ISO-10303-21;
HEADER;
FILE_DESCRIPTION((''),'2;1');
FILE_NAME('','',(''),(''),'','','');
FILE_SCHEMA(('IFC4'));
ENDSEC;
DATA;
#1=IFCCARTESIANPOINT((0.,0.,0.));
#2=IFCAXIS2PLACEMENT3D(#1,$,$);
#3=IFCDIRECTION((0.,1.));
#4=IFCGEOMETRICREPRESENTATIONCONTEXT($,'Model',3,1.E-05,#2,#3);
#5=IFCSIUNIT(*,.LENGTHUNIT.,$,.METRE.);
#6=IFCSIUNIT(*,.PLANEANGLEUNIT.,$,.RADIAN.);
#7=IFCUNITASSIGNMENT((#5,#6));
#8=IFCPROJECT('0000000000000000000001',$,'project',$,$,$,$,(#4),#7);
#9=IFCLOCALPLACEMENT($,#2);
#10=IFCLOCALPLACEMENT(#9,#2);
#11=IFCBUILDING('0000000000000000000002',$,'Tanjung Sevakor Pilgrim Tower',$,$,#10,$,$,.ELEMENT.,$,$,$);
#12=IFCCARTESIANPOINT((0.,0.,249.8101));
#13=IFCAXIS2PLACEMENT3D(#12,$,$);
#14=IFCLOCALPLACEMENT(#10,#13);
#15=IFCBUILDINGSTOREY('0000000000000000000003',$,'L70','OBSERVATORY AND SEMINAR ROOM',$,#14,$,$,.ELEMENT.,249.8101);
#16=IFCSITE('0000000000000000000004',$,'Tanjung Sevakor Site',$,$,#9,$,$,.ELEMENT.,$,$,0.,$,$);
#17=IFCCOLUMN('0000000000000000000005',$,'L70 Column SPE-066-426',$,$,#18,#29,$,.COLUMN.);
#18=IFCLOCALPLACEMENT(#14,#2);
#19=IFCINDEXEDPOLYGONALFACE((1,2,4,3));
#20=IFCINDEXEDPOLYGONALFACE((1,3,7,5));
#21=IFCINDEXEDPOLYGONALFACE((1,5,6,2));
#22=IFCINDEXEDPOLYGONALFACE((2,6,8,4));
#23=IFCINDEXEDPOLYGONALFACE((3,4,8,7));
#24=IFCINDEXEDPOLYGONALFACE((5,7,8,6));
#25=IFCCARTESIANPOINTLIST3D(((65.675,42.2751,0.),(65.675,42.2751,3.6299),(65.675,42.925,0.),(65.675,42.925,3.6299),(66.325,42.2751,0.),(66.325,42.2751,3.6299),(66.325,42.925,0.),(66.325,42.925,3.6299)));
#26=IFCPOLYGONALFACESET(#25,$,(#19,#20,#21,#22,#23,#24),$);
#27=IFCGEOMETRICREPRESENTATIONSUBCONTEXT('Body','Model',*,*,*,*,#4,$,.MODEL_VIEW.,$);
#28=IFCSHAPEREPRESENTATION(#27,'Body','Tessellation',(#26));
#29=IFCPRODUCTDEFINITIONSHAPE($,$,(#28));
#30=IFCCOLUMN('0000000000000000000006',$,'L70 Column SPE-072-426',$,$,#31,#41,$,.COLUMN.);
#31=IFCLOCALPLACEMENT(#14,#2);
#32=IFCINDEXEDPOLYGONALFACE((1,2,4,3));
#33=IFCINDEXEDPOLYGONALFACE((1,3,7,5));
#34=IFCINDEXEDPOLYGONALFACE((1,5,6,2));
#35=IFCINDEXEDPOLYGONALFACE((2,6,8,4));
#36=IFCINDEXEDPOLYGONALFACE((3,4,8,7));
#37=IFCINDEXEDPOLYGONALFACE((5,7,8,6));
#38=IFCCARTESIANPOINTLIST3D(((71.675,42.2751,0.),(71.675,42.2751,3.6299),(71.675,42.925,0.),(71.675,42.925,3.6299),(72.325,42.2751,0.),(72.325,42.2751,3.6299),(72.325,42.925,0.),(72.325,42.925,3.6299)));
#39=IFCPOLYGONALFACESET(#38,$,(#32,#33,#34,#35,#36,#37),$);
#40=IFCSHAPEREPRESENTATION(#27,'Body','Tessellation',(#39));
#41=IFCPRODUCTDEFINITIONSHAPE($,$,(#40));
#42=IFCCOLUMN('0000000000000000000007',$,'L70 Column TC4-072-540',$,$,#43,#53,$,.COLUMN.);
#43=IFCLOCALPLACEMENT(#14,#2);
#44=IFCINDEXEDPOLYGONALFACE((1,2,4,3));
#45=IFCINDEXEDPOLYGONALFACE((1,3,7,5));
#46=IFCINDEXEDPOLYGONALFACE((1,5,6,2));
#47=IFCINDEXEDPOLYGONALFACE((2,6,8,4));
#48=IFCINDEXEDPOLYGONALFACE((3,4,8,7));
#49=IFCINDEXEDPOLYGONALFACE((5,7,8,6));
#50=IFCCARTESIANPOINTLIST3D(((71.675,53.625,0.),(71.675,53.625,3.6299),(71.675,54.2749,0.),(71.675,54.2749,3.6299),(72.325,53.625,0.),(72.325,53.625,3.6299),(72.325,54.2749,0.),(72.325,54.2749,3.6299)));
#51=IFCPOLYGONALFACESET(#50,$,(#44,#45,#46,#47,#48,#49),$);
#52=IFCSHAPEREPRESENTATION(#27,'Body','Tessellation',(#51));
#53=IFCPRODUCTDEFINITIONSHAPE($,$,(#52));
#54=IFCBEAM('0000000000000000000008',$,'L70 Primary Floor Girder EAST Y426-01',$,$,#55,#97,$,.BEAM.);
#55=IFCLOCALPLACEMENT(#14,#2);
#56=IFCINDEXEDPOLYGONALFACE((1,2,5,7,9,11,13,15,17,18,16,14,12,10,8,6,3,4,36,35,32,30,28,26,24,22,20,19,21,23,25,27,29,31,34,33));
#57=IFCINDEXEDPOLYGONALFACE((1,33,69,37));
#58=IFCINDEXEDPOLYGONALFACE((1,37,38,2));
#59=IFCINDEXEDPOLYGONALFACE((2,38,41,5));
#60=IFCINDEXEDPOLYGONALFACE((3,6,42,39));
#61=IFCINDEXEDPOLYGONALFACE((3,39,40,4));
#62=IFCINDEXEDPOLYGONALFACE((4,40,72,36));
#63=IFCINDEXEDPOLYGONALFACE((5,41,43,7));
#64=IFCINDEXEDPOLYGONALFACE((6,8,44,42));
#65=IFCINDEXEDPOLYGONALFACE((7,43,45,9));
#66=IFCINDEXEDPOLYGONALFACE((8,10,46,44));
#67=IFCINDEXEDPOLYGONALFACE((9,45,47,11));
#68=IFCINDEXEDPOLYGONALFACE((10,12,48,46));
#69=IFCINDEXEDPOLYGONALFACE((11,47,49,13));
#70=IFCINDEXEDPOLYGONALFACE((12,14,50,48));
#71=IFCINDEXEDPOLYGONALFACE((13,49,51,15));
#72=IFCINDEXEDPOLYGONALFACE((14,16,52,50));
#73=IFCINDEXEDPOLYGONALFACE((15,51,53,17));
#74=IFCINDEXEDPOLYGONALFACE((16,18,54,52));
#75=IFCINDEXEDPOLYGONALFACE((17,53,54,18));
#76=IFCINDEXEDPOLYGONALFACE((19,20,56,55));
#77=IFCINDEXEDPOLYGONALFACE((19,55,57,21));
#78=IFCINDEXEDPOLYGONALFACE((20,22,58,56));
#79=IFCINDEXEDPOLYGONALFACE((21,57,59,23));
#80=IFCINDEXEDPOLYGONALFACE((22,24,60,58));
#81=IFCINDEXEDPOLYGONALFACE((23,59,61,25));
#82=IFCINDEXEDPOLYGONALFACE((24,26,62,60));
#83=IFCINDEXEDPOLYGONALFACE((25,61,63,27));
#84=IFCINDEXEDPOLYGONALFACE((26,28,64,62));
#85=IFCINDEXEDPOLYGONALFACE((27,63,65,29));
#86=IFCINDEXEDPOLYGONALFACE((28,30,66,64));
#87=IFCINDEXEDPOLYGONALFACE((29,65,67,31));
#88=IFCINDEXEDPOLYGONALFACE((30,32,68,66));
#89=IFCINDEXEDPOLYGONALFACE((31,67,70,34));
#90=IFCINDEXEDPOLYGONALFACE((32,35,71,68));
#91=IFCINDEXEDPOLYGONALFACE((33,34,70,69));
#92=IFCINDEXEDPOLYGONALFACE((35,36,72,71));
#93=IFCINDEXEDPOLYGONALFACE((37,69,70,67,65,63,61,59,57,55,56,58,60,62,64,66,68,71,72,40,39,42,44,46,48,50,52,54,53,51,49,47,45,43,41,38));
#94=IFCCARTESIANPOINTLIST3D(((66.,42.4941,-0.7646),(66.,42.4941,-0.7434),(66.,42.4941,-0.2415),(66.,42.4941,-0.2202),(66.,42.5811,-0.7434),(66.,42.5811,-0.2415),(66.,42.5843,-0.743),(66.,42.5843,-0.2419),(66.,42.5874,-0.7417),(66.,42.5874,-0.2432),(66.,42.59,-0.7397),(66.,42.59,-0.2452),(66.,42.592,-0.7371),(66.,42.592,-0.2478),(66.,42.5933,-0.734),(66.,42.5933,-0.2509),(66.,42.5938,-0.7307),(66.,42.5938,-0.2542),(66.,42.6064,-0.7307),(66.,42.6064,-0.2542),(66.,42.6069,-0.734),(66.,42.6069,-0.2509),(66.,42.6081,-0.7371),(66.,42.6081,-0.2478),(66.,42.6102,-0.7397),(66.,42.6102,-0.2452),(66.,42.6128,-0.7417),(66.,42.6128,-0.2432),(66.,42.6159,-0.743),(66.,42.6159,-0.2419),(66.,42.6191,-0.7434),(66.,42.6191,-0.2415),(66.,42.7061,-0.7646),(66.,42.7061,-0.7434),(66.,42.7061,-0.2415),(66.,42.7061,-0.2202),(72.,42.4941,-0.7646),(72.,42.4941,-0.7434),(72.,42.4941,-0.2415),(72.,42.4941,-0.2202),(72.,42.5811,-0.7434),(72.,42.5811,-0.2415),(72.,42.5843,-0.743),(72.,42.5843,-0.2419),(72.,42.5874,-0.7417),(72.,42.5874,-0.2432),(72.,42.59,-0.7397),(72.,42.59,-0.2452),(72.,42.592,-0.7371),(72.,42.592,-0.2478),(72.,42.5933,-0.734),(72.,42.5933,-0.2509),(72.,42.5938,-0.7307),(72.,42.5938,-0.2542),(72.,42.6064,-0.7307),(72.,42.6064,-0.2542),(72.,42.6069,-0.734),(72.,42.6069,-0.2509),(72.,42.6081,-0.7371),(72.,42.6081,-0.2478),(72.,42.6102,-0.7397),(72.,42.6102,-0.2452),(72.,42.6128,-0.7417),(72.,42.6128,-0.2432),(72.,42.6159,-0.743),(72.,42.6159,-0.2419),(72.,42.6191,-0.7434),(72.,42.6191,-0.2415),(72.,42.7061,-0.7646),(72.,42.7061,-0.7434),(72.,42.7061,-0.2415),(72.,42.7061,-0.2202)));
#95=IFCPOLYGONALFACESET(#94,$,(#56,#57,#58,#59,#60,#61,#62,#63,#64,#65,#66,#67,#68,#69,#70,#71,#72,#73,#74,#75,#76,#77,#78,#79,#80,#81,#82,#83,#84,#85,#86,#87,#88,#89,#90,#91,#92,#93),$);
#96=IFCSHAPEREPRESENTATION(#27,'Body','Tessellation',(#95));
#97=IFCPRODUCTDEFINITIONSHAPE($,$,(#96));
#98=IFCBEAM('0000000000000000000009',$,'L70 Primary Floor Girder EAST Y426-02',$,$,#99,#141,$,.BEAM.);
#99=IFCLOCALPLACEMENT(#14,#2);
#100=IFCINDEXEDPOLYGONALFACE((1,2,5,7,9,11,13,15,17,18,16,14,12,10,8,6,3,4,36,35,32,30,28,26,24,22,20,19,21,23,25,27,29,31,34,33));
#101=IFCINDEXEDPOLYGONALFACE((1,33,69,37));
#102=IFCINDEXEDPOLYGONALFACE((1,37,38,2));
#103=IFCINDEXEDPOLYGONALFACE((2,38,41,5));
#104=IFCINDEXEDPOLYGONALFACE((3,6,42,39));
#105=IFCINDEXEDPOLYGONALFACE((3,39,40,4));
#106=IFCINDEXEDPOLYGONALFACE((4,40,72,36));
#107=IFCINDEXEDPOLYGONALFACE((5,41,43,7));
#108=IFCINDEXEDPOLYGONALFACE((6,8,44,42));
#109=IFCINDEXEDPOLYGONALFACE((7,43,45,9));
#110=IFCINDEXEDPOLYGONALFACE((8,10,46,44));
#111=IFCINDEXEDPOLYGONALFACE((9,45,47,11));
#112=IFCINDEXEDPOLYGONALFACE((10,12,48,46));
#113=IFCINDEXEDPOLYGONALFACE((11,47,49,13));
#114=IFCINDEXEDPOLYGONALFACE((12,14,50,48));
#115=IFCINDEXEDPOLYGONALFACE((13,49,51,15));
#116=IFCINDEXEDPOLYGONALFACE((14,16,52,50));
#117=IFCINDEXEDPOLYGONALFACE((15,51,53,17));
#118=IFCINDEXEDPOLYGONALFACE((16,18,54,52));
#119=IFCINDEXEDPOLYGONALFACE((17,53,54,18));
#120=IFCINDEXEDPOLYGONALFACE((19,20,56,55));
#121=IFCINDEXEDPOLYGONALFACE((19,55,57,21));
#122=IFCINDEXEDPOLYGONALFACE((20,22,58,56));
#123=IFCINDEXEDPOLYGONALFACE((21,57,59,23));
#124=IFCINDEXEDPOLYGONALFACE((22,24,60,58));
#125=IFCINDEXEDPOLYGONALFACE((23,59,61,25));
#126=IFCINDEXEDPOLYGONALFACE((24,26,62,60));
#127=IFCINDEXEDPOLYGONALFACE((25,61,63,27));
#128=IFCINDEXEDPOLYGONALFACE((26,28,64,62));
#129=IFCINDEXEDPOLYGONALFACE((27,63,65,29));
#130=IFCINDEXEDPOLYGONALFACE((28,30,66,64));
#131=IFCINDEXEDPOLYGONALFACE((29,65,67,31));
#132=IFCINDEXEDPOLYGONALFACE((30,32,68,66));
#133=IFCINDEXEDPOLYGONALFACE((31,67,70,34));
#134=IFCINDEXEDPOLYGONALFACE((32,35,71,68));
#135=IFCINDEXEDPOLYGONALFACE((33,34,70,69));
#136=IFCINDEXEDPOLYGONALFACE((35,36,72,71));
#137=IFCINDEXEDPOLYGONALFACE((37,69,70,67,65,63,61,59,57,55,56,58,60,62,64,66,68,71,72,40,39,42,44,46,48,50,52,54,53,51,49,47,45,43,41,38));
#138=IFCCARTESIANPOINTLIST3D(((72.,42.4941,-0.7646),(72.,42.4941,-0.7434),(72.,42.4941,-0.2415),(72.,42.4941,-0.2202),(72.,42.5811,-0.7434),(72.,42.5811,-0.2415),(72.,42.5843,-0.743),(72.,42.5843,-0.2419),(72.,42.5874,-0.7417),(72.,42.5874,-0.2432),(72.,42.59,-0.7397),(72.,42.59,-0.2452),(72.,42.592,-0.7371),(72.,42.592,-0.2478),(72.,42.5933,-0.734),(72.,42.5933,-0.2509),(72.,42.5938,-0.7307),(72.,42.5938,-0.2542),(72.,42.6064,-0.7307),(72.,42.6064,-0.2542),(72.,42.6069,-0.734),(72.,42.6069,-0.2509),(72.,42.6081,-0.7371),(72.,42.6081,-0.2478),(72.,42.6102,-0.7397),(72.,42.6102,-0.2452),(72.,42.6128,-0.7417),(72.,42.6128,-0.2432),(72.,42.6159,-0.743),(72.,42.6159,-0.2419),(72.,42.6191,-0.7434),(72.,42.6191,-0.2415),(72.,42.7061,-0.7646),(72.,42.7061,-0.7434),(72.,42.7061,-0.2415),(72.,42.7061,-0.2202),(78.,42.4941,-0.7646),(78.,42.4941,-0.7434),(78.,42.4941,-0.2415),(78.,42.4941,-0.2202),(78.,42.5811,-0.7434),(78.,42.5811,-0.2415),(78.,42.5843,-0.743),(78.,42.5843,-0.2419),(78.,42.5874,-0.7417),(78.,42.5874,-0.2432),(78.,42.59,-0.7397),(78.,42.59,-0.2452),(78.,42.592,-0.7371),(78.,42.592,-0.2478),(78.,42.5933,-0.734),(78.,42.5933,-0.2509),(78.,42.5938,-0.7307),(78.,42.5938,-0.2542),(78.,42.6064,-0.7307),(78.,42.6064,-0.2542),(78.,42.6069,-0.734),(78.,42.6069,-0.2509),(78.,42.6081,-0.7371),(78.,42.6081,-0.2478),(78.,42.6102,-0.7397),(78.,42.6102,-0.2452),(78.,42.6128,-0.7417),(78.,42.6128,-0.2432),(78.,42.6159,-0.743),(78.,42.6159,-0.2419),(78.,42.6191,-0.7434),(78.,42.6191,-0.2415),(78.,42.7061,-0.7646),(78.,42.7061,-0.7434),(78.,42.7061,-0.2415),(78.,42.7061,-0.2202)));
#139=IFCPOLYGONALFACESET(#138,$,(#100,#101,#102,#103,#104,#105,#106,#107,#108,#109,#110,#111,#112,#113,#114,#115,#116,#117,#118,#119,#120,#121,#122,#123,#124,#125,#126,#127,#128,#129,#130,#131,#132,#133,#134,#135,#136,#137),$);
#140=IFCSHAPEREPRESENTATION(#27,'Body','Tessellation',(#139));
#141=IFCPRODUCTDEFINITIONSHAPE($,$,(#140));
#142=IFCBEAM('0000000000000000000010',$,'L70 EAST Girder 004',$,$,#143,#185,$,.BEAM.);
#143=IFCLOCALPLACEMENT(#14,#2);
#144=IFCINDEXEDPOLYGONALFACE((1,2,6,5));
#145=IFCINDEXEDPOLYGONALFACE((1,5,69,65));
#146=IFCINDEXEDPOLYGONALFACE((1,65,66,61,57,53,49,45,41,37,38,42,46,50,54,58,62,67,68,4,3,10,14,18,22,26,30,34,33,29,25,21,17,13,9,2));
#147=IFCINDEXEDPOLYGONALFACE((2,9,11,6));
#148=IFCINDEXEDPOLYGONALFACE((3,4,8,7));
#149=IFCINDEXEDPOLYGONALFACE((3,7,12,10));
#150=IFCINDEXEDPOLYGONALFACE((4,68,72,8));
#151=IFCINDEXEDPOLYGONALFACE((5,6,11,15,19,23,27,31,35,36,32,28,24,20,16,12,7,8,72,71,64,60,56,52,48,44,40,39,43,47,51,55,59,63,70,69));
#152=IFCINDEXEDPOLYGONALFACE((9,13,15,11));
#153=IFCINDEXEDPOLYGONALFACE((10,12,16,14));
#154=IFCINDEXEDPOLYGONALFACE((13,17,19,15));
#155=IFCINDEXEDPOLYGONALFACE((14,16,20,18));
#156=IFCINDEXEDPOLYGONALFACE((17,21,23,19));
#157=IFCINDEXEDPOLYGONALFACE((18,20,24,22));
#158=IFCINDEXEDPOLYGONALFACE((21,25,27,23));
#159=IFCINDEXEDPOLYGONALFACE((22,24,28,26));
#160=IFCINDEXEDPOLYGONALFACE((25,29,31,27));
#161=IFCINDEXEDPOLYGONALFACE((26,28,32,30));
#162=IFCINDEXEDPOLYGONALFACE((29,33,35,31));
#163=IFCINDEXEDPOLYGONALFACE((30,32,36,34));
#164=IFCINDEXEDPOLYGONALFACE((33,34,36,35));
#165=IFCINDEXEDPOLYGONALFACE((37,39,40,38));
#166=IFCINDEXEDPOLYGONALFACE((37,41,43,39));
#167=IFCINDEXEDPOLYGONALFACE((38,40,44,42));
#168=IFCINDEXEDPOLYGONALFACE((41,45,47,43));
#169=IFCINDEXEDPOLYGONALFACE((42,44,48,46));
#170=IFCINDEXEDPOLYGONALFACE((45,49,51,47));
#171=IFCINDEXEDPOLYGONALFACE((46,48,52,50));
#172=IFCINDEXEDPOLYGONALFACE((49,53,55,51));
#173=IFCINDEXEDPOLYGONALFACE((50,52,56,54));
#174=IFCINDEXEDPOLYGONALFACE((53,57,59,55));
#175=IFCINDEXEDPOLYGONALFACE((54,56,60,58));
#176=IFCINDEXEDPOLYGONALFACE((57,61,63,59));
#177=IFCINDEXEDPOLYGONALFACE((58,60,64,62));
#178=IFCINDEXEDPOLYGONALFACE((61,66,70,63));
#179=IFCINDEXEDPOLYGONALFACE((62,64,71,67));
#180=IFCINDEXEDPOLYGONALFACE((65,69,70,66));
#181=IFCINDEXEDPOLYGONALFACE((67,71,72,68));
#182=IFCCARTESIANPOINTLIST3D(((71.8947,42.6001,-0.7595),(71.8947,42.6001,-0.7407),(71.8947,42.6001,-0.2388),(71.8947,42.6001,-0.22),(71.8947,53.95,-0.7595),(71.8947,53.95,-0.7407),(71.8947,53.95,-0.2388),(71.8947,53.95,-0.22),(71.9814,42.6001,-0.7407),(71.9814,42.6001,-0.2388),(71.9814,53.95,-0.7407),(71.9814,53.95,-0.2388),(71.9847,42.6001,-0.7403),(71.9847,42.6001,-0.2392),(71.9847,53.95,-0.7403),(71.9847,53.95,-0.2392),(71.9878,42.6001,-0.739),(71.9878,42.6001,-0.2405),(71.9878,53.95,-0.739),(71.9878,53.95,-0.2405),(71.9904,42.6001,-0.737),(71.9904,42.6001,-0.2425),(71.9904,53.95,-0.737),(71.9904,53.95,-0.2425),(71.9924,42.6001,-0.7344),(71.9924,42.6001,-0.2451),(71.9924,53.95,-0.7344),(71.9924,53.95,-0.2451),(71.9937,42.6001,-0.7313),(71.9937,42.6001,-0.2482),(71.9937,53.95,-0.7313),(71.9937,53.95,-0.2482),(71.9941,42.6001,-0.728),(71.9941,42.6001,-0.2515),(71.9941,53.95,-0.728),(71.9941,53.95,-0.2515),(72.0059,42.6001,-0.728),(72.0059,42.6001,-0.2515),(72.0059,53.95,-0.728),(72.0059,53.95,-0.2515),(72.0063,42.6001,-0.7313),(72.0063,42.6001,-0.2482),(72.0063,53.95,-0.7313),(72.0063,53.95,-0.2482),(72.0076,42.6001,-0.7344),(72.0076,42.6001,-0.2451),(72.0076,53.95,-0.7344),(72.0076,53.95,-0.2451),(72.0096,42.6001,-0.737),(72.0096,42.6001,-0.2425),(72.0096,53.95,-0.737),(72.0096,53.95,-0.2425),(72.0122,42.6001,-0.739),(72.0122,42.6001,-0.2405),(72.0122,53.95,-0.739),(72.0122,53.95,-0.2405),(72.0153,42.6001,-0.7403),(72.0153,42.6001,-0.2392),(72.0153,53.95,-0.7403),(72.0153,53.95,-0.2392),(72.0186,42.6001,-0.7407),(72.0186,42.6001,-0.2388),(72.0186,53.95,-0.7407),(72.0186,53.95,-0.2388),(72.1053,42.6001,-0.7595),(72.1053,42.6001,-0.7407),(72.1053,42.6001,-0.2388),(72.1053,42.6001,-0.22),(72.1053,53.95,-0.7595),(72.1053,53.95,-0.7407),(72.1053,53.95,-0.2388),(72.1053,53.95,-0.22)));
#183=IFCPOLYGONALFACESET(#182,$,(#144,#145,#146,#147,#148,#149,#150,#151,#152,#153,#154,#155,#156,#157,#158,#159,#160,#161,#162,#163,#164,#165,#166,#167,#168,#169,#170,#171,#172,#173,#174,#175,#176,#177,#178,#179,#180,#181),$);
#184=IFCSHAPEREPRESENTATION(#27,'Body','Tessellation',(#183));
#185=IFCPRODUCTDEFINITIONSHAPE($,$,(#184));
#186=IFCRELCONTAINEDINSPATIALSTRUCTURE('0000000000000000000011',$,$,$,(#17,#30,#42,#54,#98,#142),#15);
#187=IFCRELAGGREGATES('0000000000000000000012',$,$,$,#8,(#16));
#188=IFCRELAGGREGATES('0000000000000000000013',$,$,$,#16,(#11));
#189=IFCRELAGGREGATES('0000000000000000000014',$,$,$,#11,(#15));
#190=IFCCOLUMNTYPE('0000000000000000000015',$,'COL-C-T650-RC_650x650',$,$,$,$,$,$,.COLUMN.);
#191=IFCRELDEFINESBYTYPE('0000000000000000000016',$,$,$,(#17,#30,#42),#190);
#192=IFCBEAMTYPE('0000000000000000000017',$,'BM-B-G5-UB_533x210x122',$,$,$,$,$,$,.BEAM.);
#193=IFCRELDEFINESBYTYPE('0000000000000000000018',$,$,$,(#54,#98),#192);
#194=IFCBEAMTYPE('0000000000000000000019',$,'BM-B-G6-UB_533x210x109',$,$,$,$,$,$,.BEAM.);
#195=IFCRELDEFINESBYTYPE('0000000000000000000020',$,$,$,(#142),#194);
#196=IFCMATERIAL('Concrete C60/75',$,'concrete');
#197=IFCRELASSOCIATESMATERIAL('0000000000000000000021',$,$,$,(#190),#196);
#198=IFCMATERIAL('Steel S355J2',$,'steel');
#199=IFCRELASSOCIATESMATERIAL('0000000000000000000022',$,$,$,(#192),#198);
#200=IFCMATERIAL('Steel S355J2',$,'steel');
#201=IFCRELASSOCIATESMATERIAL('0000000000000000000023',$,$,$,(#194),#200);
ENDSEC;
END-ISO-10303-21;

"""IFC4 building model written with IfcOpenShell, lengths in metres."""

from ifc_helpers import new_model, si_unit, direction, frame, origin, origin_2d, place, context, subcontext, project, spatial, rectangle, i_section, extrude, material, material_profile, profile_set, type_object, element, save


model = new_model("IFC4")

# Units and contexts
model_context = context("Model", 3, precision=1e-05, world=origin(), true_north=direction((0.0, 1.0)))
body_context = subcontext(model_context, "Body", "Model", "MODEL_VIEW")
ifc_project = project(units=[si_unit("LENGTHUNIT", "METRE"), si_unit("PLANEANGLEUNIT", "RADIAN")], contexts=[model_context])

# Site, building, storey
site_placement = place(None, origin())
site = spatial("IfcSite", under=ifc_project, at=site_placement, Name="Tanjung Sevakor Site", CompositionType="ELEMENT", RefElevation=0.0)
building_placement = place(site_placement, origin())
building = spatial("IfcBuilding", under=site, at=building_placement, Name="Tanjung Sevakor Pilgrim Tower", CompositionType="ELEMENT")
storey_placement = place(building_placement, frame((0.0, 0.0, 249.8101)))
storey = spatial("IfcBuildingStorey", under=building, at=storey_placement, Name="L70", Description="OBSERVATORY AND SEMINAR ROOM", CompositionType="ELEMENT", Elevation=249.8101)

# Columns
ifc_material_1 = material(Name="Concrete C60/75", Category="concrete")
ifc_material_profile_1 = material_profile(ifc_material_1, rectangle(XDim=0.6499, YDim=0.6499, at=origin_2d()))
ifc_profile_set_1 = profile_set([ifc_material_profile_1], Name="Concrete C60/75")
column_type = type_object("IfcColumnType", Name="COL-C-T650-RC_650x650", PredefinedType="COLUMN", material=ifc_profile_set_1)
for number, where, z_axis, x_axis, name in (
    (1, (66.0, 42.6001, 0.0), (0.0, 0.0, 1.0), (1.0, 0.0, 0.0), "L70 Column SPE-066-426"),
    (2, (72.0, 42.6001, 0.0), (0.0, 0.0, 1.0), (1.0, 0.0, 0.0), "L70 Column SPE-072-426"),
    (3, (72.0, 53.95, 0.0), (0.0, 0.0, 1.0), (1.0, 0.0, 0.0), "L70 Column TC4-072-540"),
):
    element("IfcColumn", number, at=place(storey_placement, frame(where, z_axis=z_axis, x_axis=x_axis)), inside=storey, type_object=column_type, Name=name, PredefinedType="COLUMN", context=body_context, shape_type="SweptSolid", body=[
        extrude(rectangle(XDim=0.6499, YDim=0.6499, at=origin_2d()), origin(), (0.0, 0.0, 1.0), 3.6299),
    ])

# Beams
ifc_material_2 = material(Name="Steel S355J2", Category="steel")
ifc_material_profile_2 = material_profile(ifc_material_2, i_section(OverallWidth=0.2119, OverallDepth=0.5444, WebThickness=0.0127, FlangeThickness=0.0212, FilletRadius=0.0127, at=origin_2d()))
ifc_profile_set_2 = profile_set([ifc_material_profile_2], Name="Steel S355J2")
beam_type_1 = type_object("IfcBeamType", Name="BM-B-G5-UB_533x210x122", PredefinedType="BEAM", material=ifc_profile_set_2)
for number, where, z_axis, x_axis, name in (
    (4, (66.0, 42.6001, -0.4924), (1.0, 0.0, 0.0), (0.0, 1.0, 0.0), "L70 Primary Floor Girder EAST Y426-01"),
    (5, (72.0, 42.6001, -0.4924), (1.0, 0.0, 0.0), (0.0, 1.0, 0.0), "L70 Primary Floor Girder EAST Y426-02"),
):
    element("IfcBeam", number, at=place(storey_placement, frame(where, z_axis=z_axis, x_axis=x_axis)), inside=storey, type_object=beam_type_1, Name=name, PredefinedType="BEAM", context=body_context, shape_type="SweptSolid", body=[
        extrude(i_section(OverallWidth=0.2119, OverallDepth=0.5444, WebThickness=0.0127, FlangeThickness=0.0212, FilletRadius=0.0127, at=origin_2d()), origin(), (0.0, 0.0, 1.0), 6.0),
    ])
ifc_material_3 = material(Name="Steel S355J2", Category="steel")
ifc_material_profile_3 = material_profile(ifc_material_3, i_section(OverallWidth=0.2107, OverallDepth=0.5396, WebThickness=0.0117, FlangeThickness=0.0188, FilletRadius=0.0127, at=origin_2d()))
ifc_profile_set_3 = profile_set([ifc_material_profile_3], Name="Steel S355J2")
beam_type_2 = type_object("IfcBeamType", Name="BM-B-G6-UB_533x210x109", PredefinedType="BEAM", material=ifc_profile_set_3)
beam_placement = place(storey_placement, frame((72.0, 42.6001, -0.4897), z_axis=(0.0, 1.0, 0.0), x_axis=(-1.0, 0.0, 0.0)))
element("IfcBeam", 6, at=beam_placement, inside=storey, type_object=beam_type_2, Name="L70 EAST Girder 004", PredefinedType="BEAM", context=body_context, shape_type="SweptSolid", body=[
    extrude(i_section(OverallWidth=0.2107, OverallDepth=0.5396, WebThickness=0.0117, FlangeThickness=0.0188, FilletRadius=0.0127, at=origin_2d()), origin(), (0.0, 0.0, 1.0), 11.3499),
])

save(model, "model.ifc")
